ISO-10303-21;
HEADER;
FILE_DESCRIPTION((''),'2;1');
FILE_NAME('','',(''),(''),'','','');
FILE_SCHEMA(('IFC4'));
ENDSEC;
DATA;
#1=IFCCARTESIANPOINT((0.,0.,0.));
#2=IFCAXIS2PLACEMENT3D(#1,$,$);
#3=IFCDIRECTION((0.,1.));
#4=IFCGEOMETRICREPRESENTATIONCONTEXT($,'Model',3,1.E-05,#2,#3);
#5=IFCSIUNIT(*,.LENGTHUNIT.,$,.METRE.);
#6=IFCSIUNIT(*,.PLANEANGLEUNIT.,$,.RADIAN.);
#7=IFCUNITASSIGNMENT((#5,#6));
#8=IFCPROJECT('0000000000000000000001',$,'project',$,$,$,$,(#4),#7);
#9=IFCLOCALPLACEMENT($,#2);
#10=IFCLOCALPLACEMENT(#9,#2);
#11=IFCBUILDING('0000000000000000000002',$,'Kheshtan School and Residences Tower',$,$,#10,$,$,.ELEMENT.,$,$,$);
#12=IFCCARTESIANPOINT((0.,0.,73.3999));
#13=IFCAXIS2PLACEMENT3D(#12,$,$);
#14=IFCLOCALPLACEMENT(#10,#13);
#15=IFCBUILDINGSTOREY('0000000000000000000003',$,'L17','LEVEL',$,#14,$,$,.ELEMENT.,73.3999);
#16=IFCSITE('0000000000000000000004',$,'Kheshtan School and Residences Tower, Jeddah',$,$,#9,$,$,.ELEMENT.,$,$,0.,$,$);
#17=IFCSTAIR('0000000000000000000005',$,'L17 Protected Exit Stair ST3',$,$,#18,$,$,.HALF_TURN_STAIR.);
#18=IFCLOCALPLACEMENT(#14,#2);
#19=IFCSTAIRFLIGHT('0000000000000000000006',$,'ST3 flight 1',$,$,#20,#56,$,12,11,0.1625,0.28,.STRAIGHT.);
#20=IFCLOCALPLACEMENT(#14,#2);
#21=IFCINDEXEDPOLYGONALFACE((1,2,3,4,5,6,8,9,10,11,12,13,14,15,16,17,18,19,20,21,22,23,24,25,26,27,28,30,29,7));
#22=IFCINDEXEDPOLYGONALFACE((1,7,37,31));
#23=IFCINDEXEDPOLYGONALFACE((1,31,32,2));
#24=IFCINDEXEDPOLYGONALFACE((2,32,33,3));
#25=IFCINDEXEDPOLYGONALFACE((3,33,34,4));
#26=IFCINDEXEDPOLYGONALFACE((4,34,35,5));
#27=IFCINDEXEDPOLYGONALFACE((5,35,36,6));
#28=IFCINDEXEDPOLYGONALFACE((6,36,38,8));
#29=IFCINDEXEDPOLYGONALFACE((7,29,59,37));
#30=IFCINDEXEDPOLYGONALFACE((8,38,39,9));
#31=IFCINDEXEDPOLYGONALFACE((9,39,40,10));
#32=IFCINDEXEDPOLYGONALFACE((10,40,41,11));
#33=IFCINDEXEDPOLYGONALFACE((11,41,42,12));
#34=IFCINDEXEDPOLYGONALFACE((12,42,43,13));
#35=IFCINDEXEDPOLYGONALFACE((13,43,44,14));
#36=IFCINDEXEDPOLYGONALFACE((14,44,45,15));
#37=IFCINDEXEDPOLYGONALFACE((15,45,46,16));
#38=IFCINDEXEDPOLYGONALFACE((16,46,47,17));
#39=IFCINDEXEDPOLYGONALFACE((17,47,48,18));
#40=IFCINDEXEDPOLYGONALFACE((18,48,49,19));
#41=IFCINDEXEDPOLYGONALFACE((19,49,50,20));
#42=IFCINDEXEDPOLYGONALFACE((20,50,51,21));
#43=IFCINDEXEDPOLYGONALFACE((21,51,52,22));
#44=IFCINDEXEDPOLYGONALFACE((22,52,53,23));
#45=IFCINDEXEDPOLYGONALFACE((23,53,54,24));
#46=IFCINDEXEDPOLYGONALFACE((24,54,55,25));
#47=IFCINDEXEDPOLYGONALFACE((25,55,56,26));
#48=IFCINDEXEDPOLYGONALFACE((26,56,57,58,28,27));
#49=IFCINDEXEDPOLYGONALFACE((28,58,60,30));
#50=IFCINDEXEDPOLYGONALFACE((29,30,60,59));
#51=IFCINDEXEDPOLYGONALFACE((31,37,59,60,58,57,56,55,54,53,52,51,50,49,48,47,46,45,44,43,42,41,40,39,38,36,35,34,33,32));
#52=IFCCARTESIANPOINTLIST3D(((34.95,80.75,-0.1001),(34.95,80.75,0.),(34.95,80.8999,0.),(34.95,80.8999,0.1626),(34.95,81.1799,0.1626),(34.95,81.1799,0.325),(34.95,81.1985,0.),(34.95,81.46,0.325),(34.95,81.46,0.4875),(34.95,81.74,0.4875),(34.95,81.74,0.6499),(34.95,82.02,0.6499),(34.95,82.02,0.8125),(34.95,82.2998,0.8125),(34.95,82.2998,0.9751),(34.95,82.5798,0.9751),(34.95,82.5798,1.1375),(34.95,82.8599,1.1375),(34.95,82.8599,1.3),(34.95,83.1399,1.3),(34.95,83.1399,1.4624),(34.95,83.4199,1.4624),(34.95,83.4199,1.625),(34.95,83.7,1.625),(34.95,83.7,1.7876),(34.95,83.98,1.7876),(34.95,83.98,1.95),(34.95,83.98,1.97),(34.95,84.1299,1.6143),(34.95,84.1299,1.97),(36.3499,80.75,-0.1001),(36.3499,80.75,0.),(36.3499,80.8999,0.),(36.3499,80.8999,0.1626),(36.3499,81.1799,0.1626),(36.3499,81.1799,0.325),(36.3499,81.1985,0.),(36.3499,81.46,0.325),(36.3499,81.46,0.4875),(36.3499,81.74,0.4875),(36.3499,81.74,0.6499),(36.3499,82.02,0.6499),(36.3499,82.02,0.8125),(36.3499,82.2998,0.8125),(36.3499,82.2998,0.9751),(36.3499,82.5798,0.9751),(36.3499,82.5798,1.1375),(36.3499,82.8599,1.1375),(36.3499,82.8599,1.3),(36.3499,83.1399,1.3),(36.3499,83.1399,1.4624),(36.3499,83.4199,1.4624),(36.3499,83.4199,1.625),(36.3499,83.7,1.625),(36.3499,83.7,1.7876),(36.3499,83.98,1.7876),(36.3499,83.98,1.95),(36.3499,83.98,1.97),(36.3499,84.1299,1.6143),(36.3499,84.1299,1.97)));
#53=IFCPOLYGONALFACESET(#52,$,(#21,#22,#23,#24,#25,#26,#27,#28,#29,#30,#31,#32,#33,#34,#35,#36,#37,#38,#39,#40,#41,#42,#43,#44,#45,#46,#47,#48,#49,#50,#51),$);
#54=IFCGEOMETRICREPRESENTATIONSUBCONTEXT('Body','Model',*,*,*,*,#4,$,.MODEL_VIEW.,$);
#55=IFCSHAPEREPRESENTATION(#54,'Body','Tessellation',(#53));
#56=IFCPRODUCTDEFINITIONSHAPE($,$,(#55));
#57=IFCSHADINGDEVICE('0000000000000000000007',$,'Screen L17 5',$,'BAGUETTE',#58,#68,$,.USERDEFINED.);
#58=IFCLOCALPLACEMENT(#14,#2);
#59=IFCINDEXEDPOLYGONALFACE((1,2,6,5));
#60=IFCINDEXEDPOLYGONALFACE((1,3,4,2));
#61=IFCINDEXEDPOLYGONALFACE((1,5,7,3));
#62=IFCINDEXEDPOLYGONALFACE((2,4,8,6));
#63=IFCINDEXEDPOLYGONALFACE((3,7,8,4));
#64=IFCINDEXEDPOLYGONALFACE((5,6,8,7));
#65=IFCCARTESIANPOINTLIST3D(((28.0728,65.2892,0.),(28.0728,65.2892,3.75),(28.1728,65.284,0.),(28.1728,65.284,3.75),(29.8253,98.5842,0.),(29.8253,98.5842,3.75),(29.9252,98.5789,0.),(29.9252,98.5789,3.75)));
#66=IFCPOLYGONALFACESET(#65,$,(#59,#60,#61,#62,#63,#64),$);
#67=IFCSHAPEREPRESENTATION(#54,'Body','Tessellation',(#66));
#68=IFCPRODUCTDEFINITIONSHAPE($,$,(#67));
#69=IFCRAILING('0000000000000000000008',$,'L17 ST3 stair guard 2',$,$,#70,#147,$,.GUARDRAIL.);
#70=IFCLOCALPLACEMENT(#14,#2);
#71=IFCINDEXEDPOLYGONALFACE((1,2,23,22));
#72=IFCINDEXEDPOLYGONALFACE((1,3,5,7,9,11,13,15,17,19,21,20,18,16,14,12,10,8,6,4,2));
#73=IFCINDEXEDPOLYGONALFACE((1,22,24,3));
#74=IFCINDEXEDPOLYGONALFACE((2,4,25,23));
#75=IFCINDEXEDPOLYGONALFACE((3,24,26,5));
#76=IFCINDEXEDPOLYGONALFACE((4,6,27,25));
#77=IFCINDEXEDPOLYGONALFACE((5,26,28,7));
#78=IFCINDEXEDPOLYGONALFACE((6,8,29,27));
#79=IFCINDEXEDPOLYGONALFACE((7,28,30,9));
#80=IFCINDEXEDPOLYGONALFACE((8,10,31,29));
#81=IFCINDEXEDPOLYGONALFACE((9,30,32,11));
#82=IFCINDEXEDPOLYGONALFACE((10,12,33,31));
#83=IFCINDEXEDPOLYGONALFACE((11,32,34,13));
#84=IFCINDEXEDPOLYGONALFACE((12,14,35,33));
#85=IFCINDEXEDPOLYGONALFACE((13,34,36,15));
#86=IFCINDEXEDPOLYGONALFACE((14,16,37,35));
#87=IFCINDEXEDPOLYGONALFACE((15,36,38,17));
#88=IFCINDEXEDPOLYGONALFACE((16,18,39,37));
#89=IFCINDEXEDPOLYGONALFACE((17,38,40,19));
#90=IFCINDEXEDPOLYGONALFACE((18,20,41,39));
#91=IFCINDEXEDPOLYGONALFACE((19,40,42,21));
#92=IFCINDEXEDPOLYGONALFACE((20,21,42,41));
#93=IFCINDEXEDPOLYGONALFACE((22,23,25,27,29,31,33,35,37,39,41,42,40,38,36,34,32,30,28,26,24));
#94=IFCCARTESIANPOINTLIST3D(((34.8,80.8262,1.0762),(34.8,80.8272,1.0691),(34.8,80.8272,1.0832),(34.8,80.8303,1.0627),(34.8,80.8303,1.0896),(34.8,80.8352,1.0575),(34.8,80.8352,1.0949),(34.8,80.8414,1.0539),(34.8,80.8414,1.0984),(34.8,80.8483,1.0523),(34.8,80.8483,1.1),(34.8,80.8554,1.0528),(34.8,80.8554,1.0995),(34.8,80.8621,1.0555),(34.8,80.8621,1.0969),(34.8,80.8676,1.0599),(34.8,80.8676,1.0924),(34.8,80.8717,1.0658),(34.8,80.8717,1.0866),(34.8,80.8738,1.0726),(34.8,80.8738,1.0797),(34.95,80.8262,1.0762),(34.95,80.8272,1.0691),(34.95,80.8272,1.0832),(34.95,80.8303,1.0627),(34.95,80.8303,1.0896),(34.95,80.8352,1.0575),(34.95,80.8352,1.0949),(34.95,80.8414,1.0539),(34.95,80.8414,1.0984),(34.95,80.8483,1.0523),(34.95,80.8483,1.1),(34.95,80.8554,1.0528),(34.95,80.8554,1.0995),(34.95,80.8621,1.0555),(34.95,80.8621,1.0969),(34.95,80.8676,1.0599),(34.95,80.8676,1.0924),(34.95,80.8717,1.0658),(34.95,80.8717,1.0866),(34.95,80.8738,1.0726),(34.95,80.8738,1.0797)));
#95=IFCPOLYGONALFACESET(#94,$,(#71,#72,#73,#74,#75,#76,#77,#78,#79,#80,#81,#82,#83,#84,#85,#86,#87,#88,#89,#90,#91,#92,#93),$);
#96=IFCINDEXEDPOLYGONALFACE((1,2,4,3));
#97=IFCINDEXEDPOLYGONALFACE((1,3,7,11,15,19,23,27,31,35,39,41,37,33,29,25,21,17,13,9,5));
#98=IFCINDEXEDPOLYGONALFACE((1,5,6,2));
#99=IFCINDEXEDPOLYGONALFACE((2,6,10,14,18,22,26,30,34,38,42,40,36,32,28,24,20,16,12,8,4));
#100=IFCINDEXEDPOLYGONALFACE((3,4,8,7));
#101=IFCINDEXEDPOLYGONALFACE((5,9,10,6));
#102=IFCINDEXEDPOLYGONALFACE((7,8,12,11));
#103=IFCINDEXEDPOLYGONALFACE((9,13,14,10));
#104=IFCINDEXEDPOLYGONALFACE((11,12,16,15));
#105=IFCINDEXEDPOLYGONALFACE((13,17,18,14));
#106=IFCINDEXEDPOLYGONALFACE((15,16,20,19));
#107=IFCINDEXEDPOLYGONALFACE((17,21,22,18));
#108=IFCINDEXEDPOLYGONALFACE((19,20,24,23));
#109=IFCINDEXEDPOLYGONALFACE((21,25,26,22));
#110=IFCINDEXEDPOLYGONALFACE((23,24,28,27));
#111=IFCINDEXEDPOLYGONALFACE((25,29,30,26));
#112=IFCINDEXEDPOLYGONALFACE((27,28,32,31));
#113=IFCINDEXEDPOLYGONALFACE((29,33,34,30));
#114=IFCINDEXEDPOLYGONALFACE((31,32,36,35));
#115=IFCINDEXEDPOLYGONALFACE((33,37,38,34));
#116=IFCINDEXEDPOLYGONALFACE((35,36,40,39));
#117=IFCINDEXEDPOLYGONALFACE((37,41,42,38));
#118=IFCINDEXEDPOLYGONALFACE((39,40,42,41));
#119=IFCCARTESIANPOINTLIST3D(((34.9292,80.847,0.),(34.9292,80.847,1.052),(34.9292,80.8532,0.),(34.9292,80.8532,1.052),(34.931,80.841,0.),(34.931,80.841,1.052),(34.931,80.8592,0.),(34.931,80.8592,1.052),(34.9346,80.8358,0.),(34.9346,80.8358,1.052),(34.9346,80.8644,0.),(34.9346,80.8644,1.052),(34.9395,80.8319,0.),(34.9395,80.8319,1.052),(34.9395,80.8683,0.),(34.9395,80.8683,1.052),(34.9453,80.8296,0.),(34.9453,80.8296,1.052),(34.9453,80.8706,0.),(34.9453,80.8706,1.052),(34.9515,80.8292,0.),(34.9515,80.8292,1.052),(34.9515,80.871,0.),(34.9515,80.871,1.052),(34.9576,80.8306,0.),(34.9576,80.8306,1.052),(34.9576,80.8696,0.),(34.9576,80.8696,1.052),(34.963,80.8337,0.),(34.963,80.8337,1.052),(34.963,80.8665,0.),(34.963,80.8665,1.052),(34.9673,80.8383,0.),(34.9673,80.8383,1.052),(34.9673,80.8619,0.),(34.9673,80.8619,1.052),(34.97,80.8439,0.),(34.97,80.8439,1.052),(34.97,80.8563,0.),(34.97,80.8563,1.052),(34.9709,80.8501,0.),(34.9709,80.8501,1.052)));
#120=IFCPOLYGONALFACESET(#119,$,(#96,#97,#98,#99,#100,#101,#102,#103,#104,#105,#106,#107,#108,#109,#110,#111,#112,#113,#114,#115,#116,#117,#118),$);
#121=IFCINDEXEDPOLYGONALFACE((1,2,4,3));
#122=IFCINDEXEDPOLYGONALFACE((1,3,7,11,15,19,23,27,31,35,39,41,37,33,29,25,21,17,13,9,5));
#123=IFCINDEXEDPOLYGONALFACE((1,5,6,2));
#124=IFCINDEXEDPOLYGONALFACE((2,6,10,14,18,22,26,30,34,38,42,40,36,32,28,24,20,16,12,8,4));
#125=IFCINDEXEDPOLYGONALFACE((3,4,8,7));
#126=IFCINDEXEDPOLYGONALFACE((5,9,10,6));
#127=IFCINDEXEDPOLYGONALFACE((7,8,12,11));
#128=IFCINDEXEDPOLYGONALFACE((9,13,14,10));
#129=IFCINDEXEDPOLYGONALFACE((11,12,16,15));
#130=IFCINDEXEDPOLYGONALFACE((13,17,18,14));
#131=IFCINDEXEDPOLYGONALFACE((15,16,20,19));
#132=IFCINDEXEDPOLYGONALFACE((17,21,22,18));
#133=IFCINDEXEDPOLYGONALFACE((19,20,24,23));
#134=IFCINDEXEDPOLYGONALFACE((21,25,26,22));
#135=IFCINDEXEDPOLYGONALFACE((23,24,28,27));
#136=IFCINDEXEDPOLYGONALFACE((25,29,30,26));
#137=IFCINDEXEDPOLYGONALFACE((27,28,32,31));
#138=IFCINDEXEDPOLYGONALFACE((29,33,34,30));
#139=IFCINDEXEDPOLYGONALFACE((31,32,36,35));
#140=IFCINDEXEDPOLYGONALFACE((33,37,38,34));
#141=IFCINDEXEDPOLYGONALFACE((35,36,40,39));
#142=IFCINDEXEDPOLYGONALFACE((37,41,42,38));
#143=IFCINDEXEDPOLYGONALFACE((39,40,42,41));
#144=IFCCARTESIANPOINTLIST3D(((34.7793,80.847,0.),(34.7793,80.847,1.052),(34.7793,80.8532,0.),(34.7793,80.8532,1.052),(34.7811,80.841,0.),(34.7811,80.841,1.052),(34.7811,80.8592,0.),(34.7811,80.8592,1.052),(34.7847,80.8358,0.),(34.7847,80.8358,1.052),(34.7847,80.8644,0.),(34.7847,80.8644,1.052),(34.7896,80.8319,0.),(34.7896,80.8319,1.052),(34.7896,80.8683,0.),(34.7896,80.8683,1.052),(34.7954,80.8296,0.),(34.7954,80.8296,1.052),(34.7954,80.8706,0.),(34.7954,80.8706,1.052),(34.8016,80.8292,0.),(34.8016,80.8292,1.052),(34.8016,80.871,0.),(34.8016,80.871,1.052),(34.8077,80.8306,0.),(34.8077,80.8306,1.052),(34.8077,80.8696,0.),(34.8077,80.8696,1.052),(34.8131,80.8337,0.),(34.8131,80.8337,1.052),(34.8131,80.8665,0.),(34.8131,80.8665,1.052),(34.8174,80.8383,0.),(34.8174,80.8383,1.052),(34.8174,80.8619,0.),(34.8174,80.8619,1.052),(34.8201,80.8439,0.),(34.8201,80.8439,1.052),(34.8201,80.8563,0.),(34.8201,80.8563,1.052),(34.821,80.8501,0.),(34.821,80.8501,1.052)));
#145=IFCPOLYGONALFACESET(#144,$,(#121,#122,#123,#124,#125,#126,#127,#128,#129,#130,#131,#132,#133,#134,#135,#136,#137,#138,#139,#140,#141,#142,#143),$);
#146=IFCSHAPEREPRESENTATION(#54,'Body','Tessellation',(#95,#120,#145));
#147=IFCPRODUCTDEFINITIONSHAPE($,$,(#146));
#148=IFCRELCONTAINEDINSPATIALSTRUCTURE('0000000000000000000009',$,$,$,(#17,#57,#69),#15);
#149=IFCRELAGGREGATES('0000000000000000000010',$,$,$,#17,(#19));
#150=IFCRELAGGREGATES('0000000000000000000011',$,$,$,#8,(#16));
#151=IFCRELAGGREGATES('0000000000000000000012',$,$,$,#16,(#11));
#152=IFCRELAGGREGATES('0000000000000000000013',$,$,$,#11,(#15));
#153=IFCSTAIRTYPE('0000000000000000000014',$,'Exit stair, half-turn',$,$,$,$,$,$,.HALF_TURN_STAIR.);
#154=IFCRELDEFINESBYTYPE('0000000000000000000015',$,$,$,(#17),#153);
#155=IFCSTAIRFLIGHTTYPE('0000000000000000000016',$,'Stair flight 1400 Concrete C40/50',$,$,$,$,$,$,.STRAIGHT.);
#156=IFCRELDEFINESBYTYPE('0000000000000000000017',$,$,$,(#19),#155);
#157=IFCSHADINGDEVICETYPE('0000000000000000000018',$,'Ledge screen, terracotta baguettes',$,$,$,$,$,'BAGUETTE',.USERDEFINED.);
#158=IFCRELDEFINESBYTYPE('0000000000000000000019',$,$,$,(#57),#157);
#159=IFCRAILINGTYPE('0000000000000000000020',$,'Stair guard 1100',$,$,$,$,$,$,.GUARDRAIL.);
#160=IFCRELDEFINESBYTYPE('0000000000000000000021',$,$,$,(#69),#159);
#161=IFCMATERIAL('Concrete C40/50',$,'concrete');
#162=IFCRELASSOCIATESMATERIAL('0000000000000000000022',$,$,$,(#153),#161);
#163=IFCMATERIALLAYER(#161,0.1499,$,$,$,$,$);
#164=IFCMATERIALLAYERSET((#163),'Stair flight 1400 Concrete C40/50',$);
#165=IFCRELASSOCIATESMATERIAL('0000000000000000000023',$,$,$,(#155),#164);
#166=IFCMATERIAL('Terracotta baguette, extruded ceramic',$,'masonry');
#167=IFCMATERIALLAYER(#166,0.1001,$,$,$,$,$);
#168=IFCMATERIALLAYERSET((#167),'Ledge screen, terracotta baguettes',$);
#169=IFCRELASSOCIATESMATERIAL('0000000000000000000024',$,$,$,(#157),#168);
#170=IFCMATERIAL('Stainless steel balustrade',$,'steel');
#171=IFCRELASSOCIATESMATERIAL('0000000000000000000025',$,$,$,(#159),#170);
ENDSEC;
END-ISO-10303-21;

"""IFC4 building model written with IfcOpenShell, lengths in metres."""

from ifc_helpers import new_model, si_unit, direction, frame, origin, origin_2d, place, context, subcontext, project, spatial, polyline, rectangle, circle, outline, extrude, material, layer, layer_set, type_object, element, aggregate, save


model = new_model("IFC4")

# Units and contexts
model_context = context("Model", 3, precision=1e-05, world=origin(), true_north=direction((0.0, 1.0)))
body_context = subcontext(model_context, "Body", "Model", "MODEL_VIEW")
ifc_project = project(units=[si_unit("LENGTHUNIT", "METRE"), si_unit("PLANEANGLEUNIT", "RADIAN")], contexts=[model_context])

# Site, building, storey
site_placement = place(None, origin())
site = spatial("IfcSite", under=ifc_project, at=site_placement, Name="Kheshtan School and Residences Tower, Jeddah", CompositionType="ELEMENT", RefElevation=0.0)
building_placement = place(site_placement, origin())
building = spatial("IfcBuilding", under=site, at=building_placement, Name="Kheshtan School and Residences Tower", CompositionType="ELEMENT")
storey_placement = place(building_placement, frame((0.0, 0.0, 73.3999)))
storey = spatial("IfcBuildingStorey", under=building, at=storey_placement, Name="L17", Description="LEVEL", CompositionType="ELEMENT", Elevation=73.3999)

# Shared definitions
ifc_material_1 = material(Name="Concrete C40/50", Category="concrete")

# Stair, stair flight
stair_type = type_object("IfcStairType", Name="Exit stair, half-turn", PredefinedType="HALF_TURN_STAIR", material=ifc_material_1)
stair_placement = place(storey_placement, origin())
stair = element("IfcStair", 1, at=stair_placement, inside=storey, type_object=stair_type, Name="L17 Protected Exit Stair ST3", PredefinedType="HALF_TURN_STAIR")
ifc_layer_1 = layer(ifc_material_1, 0.1499)
ifc_layer_set_1 = layer_set([ifc_layer_1], Name="Stair flight 1400 Concrete C40/50")
stair_flight_type = type_object("IfcStairFlightType", Name="Stair flight 1400 Concrete C40/50", PredefinedType="STRAIGHT", material=ifc_layer_set_1)
stair_flight_placement = place(storey_placement, frame((35.6499, 80.8999, 0.0), z_axis=(0.0, 0.0, 1.0), x_axis=(0.0, 1.0, 0.0)))
stair_flight = element("IfcStairFlight", 2, at=stair_flight_placement, type_object=stair_flight_type, Name="ST3 flight 1", NumberOfRisers=12, NumberOfTreads=11, PredefinedType="STRAIGHT", RiserHeight=0.1625, TreadLength=0.28, context=body_context, shape_type="SweptSolid", body=[
    extrude(outline(polyline([(-0.1499, -0.1001), (-0.1499, 0.0), (0.0, 0.0), (0.0, 0.1626), (0.28, 0.1626), (0.28, 0.325), (0.5601, 0.325), (0.5601, 0.4875), (0.8401, 0.4875), (0.8401, 0.6499), (1.1201, 0.6499), (1.1201, 0.8125), (1.3999, 0.8125), (1.3999, 0.9751), (1.6799, 0.9751), (1.6799, 1.1375), (1.96, 1.1375), (1.96, 1.3), (2.24, 1.3), (2.24, 1.4624), (2.52, 1.4624), (2.52, 1.625), (2.8, 1.625), (2.8, 1.7876), (3.0801, 1.7876), (3.0801, 1.95), (3.0801, 1.97), (3.23, 1.97), (3.23, 1.6143), (0.2986, 0.0), (-0.1499, -0.1001)])), frame((0.0, 0.7, 0.0), z_axis=(0.0, -1.0, 0.0), x_axis=(1.0, 0.0, 0.0)), (0.0, 0.0, 1.0), 1.3999),
])
aggregate(stair, [stair_flight])

# Shading device
ifc_material_2 = material(Name="Terracotta baguette, extruded ceramic", Category="masonry")
ifc_layer_2 = layer(ifc_material_2, 0.1001)
ifc_layer_set_2 = layer_set([ifc_layer_2], Name="Ledge screen, terracotta baguettes")
shading_device_type = type_object("IfcShadingDeviceType", Name="Ledge screen, terracotta baguettes", ElementType="BAGUETTE", PredefinedType="USERDEFINED", material=ifc_layer_set_2)
shading_device_placement = place(storey_placement, frame((28.999, 81.9341, 0.0), z_axis=(0.0, 0.0, 1.0), x_axis=(0.052563, 0.998618, 0.0)))
element("IfcShadingDevice", 3, at=shading_device_placement, inside=storey, type_object=shading_device_type, Name="Screen L17 5", ObjectType="BAGUETTE", PredefinedType="USERDEFINED", context=body_context, shape_type="SweptSolid", body=[
    extrude(rectangle(XDim=33.3411, YDim=0.1001, at=origin_2d()), origin(), (0.0, 0.0, 1.0), 3.75),
])

# Railing
ifc_material_3 = material(Name="Stainless steel balustrade", Category="steel")
railing_type_1 = type_object("IfcRailingType", Name="Stair guard 1100", PredefinedType="GUARDRAIL", material=ifc_material_3)
railing_1_placement = place(storey_placement, frame((34.95, 80.8501, 0.0)))
element("IfcRailing", 4, at=railing_1_placement, inside=storey, type_object=railing_type_1, Name="L17 ST3 stair guard 2", PredefinedType="GUARDRAIL", context=body_context, shape_type="SweptSolid", body=[
    extrude(circle(Radius=0.0239, at=origin_2d()), frame((0.0, 0.0, 1.0762), z_axis=(-1.0, 0.0, 0.0), x_axis=(0.0, -1.0, 0.0)), (0.0, 0.0, 1.0), 0.1499),
    extrude(circle(Radius=0.021, at=origin_2d()), origin(), (0.0, 0.0, 1.0), 1.052),
    extrude(circle(Radius=0.021, at=origin_2d()), frame((-0.1499, 0.0, 0.0)), (0.0, 0.0, 1.0), 1.052),
])

save(model, "model.ifc")
